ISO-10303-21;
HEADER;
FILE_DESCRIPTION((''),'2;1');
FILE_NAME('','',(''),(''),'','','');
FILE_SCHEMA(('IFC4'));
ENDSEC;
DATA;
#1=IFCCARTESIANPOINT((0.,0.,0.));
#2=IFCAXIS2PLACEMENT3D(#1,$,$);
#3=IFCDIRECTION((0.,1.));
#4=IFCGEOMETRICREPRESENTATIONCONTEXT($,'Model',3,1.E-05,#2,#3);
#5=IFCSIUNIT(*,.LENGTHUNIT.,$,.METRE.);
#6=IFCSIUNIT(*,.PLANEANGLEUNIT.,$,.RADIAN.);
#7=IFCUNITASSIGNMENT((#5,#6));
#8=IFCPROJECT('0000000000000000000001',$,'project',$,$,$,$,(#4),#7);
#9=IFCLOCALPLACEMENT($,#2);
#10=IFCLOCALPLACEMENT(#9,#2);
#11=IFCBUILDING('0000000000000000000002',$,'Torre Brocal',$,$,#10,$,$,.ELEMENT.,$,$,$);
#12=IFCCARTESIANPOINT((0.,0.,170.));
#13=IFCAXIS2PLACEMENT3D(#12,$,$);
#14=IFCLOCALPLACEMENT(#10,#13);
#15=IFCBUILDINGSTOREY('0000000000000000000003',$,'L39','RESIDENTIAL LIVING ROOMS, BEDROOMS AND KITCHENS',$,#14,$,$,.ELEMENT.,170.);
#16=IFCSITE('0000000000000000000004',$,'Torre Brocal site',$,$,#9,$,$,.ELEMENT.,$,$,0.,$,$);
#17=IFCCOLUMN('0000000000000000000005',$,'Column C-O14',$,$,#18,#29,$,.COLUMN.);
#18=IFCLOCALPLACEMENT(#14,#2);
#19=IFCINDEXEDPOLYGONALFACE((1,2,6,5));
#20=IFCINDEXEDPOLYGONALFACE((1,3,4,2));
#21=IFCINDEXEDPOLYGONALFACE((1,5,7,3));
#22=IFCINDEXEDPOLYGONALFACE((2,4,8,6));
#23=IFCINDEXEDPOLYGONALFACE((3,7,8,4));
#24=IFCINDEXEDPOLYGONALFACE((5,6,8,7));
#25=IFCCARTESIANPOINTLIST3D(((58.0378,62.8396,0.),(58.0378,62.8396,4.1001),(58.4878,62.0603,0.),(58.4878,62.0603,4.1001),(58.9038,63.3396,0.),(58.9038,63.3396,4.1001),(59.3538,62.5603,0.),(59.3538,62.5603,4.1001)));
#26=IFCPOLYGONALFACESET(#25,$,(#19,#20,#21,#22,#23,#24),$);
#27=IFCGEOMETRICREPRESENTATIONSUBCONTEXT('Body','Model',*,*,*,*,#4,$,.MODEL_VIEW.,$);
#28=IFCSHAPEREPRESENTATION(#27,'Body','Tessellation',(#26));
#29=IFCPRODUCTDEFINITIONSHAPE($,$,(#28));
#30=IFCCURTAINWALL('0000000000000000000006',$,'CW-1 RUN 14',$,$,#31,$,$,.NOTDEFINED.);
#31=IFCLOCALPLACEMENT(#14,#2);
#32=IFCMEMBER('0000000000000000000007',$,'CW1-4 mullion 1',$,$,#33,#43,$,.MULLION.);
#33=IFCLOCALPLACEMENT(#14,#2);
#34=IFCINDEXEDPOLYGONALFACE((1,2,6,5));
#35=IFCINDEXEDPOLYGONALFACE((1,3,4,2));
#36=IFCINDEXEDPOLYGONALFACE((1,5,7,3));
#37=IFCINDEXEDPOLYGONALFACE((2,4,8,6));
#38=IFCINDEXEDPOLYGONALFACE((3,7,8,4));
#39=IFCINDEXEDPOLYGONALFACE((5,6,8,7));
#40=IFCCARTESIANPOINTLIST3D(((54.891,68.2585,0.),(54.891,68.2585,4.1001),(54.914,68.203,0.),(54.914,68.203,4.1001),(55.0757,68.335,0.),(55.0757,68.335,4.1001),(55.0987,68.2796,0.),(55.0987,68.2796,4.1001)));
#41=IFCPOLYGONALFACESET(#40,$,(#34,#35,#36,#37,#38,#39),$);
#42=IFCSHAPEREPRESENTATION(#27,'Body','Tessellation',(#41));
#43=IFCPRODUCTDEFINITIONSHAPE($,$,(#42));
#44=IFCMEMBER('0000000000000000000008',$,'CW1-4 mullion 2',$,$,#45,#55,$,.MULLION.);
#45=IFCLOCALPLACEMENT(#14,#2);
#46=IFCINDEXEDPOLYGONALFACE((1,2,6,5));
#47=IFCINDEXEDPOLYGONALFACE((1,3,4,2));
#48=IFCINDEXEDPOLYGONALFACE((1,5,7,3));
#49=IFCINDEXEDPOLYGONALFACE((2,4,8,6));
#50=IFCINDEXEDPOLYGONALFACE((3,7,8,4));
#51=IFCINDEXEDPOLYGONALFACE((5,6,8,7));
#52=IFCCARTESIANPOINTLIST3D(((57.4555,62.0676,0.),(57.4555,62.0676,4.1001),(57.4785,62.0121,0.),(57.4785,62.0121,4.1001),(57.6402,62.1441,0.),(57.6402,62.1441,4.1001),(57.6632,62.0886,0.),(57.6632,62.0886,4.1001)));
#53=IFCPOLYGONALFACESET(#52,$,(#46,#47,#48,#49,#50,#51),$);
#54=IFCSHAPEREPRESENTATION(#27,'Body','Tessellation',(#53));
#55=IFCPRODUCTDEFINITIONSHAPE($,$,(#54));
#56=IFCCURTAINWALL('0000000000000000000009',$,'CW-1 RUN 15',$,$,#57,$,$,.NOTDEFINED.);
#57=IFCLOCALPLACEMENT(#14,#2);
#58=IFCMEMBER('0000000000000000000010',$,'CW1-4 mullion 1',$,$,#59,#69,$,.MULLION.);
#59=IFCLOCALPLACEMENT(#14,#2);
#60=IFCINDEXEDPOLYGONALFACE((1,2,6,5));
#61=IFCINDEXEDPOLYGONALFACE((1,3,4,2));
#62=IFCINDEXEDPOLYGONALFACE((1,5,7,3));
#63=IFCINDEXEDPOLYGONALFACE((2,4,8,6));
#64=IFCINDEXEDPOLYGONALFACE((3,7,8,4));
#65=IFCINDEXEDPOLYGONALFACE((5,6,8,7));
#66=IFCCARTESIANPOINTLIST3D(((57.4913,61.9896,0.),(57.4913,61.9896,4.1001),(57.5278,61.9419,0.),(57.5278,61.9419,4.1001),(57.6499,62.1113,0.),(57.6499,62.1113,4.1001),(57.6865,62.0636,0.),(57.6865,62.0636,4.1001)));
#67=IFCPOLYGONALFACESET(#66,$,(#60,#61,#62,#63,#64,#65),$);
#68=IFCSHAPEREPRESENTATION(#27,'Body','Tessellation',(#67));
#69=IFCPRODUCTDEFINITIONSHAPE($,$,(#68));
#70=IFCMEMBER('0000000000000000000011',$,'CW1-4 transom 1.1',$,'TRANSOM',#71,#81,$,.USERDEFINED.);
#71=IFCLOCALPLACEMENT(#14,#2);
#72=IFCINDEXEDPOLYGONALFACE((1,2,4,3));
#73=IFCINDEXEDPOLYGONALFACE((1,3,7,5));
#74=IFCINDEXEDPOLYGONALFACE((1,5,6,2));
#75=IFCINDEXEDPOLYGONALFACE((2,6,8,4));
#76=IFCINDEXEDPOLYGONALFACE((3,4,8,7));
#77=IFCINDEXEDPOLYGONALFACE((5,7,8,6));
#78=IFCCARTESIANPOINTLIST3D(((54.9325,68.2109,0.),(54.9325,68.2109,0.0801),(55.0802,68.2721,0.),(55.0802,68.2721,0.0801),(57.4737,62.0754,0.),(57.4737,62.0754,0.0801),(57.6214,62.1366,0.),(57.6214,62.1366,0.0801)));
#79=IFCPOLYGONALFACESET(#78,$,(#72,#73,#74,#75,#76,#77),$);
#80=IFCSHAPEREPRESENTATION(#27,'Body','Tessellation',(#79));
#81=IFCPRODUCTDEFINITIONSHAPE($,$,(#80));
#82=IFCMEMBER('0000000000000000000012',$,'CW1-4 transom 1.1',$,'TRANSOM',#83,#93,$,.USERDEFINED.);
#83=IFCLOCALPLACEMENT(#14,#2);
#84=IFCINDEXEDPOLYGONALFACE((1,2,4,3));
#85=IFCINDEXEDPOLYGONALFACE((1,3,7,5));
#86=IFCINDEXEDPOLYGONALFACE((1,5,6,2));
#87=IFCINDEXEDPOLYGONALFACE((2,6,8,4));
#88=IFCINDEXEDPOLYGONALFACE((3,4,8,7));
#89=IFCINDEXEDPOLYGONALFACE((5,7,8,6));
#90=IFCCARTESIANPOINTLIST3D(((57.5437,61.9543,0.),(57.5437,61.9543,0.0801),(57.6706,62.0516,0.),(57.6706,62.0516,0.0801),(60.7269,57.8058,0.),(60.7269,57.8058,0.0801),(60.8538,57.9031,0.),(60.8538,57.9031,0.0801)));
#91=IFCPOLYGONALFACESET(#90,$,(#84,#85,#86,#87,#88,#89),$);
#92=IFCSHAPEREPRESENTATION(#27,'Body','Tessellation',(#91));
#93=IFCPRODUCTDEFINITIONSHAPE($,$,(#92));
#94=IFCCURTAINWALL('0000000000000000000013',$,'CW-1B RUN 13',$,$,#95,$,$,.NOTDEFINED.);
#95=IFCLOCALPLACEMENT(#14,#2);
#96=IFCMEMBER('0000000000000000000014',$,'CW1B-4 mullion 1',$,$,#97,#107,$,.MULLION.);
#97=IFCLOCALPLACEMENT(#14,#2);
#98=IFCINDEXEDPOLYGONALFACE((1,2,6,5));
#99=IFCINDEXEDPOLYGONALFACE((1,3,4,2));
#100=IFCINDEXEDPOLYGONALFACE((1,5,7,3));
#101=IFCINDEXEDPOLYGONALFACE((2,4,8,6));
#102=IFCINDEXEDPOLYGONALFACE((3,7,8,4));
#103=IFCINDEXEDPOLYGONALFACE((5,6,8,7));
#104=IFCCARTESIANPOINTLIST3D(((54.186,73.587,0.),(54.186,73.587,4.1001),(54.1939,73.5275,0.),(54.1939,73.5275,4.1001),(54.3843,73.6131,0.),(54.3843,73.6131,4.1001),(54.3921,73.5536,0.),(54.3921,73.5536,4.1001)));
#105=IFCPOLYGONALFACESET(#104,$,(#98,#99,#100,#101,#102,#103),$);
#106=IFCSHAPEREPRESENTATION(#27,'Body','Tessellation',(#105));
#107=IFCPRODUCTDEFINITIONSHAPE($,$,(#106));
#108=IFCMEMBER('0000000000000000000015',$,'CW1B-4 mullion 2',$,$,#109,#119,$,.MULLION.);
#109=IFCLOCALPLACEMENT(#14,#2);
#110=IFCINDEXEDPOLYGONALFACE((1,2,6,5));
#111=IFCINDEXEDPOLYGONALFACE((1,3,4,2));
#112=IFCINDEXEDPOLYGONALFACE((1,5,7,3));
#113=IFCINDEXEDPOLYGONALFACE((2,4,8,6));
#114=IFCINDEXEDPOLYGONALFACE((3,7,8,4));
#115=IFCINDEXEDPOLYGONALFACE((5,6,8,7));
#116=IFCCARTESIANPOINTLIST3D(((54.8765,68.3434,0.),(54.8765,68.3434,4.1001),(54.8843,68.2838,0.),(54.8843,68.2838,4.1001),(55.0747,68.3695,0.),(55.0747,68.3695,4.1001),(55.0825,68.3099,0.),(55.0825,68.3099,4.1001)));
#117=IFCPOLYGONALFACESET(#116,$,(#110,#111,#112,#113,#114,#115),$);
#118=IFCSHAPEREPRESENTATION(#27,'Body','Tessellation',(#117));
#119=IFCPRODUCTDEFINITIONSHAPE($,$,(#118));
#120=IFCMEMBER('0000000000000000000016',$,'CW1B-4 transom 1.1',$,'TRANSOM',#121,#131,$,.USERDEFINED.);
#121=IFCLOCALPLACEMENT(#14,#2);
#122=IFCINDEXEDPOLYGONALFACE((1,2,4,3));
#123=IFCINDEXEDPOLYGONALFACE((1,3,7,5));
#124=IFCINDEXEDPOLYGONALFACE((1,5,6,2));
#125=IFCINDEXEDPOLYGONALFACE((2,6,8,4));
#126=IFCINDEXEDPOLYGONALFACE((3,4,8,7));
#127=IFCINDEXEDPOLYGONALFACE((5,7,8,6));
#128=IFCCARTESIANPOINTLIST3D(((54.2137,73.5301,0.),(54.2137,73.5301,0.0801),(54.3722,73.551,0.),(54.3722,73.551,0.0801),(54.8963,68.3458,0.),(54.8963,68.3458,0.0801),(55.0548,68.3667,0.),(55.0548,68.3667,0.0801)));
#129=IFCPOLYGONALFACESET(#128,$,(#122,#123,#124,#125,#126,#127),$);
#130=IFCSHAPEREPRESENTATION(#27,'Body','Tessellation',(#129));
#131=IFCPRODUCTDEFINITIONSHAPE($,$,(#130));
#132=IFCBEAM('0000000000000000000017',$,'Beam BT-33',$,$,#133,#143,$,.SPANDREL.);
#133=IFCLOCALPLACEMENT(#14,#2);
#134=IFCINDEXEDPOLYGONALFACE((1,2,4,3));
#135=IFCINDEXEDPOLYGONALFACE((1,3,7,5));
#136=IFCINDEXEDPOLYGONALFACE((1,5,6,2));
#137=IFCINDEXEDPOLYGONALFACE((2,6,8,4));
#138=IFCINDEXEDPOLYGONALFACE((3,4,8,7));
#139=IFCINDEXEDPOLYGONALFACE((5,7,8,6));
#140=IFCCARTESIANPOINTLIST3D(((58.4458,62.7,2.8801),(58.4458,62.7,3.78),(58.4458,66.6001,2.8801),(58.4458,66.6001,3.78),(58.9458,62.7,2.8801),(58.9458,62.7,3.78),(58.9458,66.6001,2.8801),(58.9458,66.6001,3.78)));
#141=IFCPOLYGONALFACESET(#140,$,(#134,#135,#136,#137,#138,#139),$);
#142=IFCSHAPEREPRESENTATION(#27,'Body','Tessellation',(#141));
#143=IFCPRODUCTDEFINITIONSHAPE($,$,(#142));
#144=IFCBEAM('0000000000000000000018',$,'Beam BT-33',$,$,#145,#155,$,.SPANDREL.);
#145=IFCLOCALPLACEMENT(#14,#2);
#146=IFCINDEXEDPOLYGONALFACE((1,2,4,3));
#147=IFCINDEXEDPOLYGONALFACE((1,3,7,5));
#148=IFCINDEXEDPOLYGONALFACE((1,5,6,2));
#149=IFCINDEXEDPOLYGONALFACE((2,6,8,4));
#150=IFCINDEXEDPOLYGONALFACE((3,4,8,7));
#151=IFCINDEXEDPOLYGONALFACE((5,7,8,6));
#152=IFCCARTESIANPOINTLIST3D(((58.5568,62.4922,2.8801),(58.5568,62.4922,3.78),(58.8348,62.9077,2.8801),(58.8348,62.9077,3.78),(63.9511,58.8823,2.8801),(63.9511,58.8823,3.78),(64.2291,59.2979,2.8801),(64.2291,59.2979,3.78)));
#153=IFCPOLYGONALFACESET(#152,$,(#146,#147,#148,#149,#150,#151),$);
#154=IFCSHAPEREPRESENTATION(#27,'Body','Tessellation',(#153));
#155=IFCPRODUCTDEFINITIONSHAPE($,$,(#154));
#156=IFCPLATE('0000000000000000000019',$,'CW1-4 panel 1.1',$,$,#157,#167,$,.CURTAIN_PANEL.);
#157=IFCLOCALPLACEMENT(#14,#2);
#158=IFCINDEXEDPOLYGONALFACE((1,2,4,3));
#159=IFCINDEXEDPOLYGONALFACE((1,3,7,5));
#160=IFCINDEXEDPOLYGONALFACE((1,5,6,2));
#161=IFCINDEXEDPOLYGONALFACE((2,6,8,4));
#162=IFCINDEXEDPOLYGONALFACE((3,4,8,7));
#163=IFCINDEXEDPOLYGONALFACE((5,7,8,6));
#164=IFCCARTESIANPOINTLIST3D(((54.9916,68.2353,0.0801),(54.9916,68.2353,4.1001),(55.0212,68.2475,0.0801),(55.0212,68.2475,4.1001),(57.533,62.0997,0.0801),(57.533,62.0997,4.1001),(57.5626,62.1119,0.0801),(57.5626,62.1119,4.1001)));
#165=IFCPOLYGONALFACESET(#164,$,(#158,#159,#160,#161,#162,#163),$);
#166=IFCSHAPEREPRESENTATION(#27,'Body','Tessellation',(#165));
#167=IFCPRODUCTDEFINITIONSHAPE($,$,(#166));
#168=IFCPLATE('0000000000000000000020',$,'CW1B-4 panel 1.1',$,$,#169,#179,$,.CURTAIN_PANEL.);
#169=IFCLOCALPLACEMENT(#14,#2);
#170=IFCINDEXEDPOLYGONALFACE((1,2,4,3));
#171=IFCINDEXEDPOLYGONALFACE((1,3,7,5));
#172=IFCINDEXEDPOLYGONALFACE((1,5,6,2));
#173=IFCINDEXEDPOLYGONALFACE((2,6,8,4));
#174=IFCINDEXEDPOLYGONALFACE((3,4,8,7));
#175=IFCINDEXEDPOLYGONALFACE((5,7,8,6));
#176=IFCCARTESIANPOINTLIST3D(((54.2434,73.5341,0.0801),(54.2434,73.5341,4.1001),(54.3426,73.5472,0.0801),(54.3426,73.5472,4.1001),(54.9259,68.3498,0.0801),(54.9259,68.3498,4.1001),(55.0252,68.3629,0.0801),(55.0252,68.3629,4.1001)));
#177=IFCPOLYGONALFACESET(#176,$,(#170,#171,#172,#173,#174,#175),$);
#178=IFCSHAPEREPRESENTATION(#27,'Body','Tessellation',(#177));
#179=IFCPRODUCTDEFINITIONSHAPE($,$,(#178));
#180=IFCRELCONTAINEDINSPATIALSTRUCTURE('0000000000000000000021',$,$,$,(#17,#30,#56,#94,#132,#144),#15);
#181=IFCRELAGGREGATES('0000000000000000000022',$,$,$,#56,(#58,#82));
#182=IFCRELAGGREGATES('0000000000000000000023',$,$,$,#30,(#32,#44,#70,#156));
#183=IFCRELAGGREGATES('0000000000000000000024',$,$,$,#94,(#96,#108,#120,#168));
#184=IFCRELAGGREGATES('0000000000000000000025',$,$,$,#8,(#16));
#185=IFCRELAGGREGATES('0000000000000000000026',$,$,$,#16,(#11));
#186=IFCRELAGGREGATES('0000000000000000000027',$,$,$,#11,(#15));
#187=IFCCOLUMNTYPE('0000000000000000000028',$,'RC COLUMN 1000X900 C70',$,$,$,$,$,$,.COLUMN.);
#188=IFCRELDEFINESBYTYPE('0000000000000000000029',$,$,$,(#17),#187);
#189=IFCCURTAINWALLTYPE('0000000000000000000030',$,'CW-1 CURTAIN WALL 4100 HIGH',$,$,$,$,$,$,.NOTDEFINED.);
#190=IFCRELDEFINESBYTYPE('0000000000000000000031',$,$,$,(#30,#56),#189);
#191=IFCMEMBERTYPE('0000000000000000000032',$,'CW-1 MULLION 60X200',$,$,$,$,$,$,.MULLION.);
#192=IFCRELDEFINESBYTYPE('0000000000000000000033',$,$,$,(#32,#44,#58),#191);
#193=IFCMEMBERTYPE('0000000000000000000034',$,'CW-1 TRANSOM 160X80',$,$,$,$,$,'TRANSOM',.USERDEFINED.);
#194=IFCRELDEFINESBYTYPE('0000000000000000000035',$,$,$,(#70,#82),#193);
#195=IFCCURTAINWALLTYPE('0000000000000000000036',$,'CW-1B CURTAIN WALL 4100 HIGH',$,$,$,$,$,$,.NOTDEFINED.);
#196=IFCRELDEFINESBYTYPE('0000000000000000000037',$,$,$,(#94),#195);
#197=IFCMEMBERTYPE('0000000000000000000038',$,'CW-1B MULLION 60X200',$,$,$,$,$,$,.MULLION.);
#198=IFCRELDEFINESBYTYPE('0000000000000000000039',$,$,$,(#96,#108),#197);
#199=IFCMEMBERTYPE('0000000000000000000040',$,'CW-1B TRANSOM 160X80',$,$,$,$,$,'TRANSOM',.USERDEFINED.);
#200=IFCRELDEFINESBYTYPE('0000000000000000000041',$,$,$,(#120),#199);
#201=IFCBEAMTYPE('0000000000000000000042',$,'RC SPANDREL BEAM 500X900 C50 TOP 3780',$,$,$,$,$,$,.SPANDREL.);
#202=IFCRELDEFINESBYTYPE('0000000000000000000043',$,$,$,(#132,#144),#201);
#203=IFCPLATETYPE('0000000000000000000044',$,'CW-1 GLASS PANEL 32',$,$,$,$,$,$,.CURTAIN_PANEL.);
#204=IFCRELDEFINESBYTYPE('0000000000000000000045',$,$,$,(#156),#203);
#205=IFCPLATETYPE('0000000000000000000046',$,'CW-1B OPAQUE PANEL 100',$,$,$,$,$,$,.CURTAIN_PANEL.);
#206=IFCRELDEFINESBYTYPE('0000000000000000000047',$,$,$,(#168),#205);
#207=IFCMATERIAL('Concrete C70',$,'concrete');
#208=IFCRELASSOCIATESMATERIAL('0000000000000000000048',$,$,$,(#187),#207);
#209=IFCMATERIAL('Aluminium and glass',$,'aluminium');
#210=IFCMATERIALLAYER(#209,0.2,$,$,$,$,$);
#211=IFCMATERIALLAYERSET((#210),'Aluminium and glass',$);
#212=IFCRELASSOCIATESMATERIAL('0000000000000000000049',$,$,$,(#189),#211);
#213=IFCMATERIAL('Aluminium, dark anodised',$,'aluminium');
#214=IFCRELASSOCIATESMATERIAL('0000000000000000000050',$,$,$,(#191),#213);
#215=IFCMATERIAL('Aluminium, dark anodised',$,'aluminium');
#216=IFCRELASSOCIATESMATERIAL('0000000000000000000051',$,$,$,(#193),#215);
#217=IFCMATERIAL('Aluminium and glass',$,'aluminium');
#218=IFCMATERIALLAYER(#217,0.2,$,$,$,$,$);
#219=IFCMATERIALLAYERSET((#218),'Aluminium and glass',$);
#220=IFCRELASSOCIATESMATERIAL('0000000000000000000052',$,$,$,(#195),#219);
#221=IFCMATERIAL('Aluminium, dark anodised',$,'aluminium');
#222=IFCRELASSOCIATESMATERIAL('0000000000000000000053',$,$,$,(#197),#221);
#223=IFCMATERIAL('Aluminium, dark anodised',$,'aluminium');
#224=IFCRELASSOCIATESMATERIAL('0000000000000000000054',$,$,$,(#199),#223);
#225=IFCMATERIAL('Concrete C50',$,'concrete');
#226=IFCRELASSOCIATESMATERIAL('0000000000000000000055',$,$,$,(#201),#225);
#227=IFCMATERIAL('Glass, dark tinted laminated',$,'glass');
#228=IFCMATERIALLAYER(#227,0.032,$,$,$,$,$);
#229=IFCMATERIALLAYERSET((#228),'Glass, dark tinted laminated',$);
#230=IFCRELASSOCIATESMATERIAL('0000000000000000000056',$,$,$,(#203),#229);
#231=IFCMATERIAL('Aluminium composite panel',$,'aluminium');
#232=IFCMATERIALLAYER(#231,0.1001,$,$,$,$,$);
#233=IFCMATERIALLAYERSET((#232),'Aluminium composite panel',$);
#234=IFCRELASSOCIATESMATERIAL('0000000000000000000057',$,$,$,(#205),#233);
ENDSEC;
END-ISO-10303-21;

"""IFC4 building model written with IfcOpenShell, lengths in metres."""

from ifc_helpers import new_model, si_unit, direction, frame, origin, origin_2d, place, context, subcontext, project, spatial, rectangle, extrude, material, layer, layer_set, material_profile, profile_set, type_object, element, aggregate, save


model = new_model("IFC4")

# Units and contexts
model_context = context("Model", 3, precision=1e-05, world=origin(), true_north=direction((0.0, 1.0)))
body_context = subcontext(model_context, "Body", "Model", "MODEL_VIEW")
ifc_project = project(units=[si_unit("LENGTHUNIT", "METRE"), si_unit("PLANEANGLEUNIT", "RADIAN")], contexts=[model_context])

# Site, building, storey
site_placement = place(None, origin())
site = spatial("IfcSite", under=ifc_project, at=site_placement, Name="Torre Brocal site", CompositionType="ELEMENT", RefElevation=0.0)
building_placement = place(site_placement, origin())
building = spatial("IfcBuilding", under=site, at=building_placement, Name="Torre Brocal", CompositionType="ELEMENT")
storey_placement = place(building_placement, frame((0.0, 0.0, 170.0)))
storey = spatial("IfcBuildingStorey", under=building, at=storey_placement, Name="L39", Description="RESIDENTIAL LIVING ROOMS, BEDROOMS AND KITCHENS", CompositionType="ELEMENT", Elevation=170.0)

# Column
ifc_material_1 = material(Name="Concrete C70", Category="concrete")
ifc_material_profile_1 = material_profile(ifc_material_1, rectangle(XDim=1.0, YDim=0.8999, at=origin_2d()), Name="RC 1000X900")
ifc_profile_set_1 = profile_set([ifc_material_profile_1], Name="Concrete C70")
column_type = type_object("IfcColumnType", Name="RC COLUMN 1000X900 C70", PredefinedType="COLUMN", material=ifc_profile_set_1)
column_placement = place(storey_placement, frame((58.6958, 62.7, 0.0), z_axis=(0.0, 0.0, 1.0), x_axis=(-0.866025, -0.5, 0.0)))
element("IfcColumn", 1, at=column_placement, inside=storey, type_object=column_type, Name="Column C-O14", PredefinedType="COLUMN", context=body_context, shape_type="SweptSolid", body=[
    extrude(rectangle(XDim=1.0, YDim=0.8999, at=origin_2d()), origin(), (0.0, 0.0, 1.0), 4.1001),
])

# Curtain wall, members
ifc_material_2 = material(Name="Aluminium and glass", Category="aluminium")
ifc_layer_1 = layer(ifc_material_2, 0.2)
ifc_layer_set_1 = layer_set([ifc_layer_1], Name="Aluminium and glass")
curtain_wall_type_1 = type_object("IfcCurtainWallType", Name="CW-1 CURTAIN WALL 4100 HIGH", PredefinedType="NOTDEFINED", material=ifc_layer_set_1)
curtain_wall_1_placement = place(storey_placement, origin())
curtain_wall_1 = element("IfcCurtainWall", 2, at=curtain_wall_1_placement, inside=storey, type_object=curtain_wall_type_1, Name="CW-1 RUN 14", PredefinedType="NOTDEFINED")
ifc_material_3 = material(Name="Aluminium, dark anodised", Category="aluminium")
ifc_material_profile_2 = material_profile(ifc_material_3, rectangle(XDim=0.2, YDim=0.0601, at=origin_2d()), Name="CW-1 MULLION 60X200")
ifc_profile_set_2 = profile_set([ifc_material_profile_2], Name="Aluminium, dark anodised")
member_type_1 = type_object("IfcMemberType", Name="CW-1 MULLION 60X200", PredefinedType="MULLION", material=ifc_profile_set_2)
member_1_placement = place(storey_placement, frame((54.9949, 68.269, 0.0), z_axis=(0.0, 0.0, 1.0), x_axis=(0.92388, 0.382683, 0.0)))
member_1 = element("IfcMember", 3, at=member_1_placement, type_object=member_type_1, Name="CW1-4 mullion 1", PredefinedType="MULLION", context=body_context, shape_type="SweptSolid", body=[
    extrude(rectangle(XDim=0.2, YDim=0.0601, at=origin_2d()), origin(), (0.0, 0.0, 1.0), 4.1001),
])
member_2_placement = place(storey_placement, frame((57.5593, 62.0781, 0.0), z_axis=(0.0, 0.0, 1.0), x_axis=(0.92388, 0.382683, 0.0)))
member_2 = element("IfcMember", 4, at=member_2_placement, type_object=member_type_1, Name="CW1-4 mullion 2", PredefinedType="MULLION", context=body_context, shape_type="SweptSolid", body=[
    extrude(rectangle(XDim=0.2, YDim=0.0601, at=origin_2d()), origin(), (0.0, 0.0, 1.0), 4.1001),
])

# Curtain wall, member
curtain_wall_2_placement = place(storey_placement, origin())
curtain_wall_2 = element("IfcCurtainWall", 5, at=curtain_wall_2_placement, inside=storey, type_object=curtain_wall_type_1, Name="CW-1 RUN 15", PredefinedType="NOTDEFINED")
member_3_placement = place(storey_placement, frame((57.5889, 62.0266, 0.0), z_axis=(0.0, 0.0, 1.0), x_axis=(0.793353, 0.608761, 0.0)))
member_3 = element("IfcMember", 6, at=member_3_placement, type_object=member_type_1, Name="CW1-4 mullion 1", PredefinedType="MULLION", context=body_context, shape_type="SweptSolid", body=[
    extrude(rectangle(XDim=0.2, YDim=0.0601, at=origin_2d()), origin(), (0.0, 0.0, 1.0), 4.1001),
])

# Members
ifc_material_4 = material(Name="Aluminium, dark anodised", Category="aluminium")
ifc_material_profile_3 = material_profile(ifc_material_4, rectangle(XDim=0.1599, YDim=0.0801, at=origin_2d()), Name="CW-1 TRANSOM 160X80")
ifc_profile_set_3 = profile_set([ifc_material_profile_3], Name="Aluminium, dark anodised")
member_type_2 = type_object("IfcMemberType", Name="CW-1 TRANSOM 160X80", ElementType="TRANSOM", PredefinedType="USERDEFINED", material=ifc_profile_set_3)
member_4_placement = place(storey_placement, frame((55.0063, 68.2415, 0.04), z_axis=(0.382665, -0.923887, 0.0), x_axis=(0.923887, 0.382665, 0.0)))
member_4 = element("IfcMember", 7, at=member_4_placement, type_object=member_type_2, Name="CW1-4 transom 1.1", ObjectType="TRANSOM", PredefinedType="USERDEFINED", context=body_context, shape_type="SweptSolid", body=[
    extrude(rectangle(XDim=0.1599, YDim=0.0801, at=origin_2d()), origin(), (0.0, 0.0, 1.0), 6.6409),
])
member_5_placement = place(storey_placement, frame((57.6072, 62.0029, 0.04), z_axis=(0.608749, -0.793363, 0.0), x_axis=(0.793363, 0.608749, 0.0)))
member_5 = element("IfcMember", 8, at=member_5_placement, type_object=member_type_2, Name="CW1-4 transom 1.1", ObjectType="TRANSOM", PredefinedType="USERDEFINED", context=body_context, shape_type="SweptSolid", body=[
    extrude(rectangle(XDim=0.1599, YDim=0.0801, at=origin_2d()), origin(), (0.0, 0.0, 1.0), 5.229),
])
aggregate(curtain_wall_2, [member_3, member_5])

# Curtain wall, members
ifc_material_5 = material(Name="Aluminium and glass", Category="aluminium")
ifc_layer_2 = layer(ifc_material_5, 0.2)
ifc_layer_set_2 = layer_set([ifc_layer_2], Name="Aluminium and glass")
curtain_wall_type_2 = type_object("IfcCurtainWallType", Name="CW-1B CURTAIN WALL 4100 HIGH", PredefinedType="NOTDEFINED", material=ifc_layer_set_2)
curtain_wall_3_placement = place(storey_placement, origin())
curtain_wall_3 = element("IfcCurtainWall", 9, at=curtain_wall_3_placement, inside=storey, type_object=curtain_wall_type_2, Name="CW-1B RUN 13", PredefinedType="NOTDEFINED")
ifc_material_6 = material(Name="Aluminium, dark anodised", Category="aluminium")
ifc_material_profile_4 = material_profile(ifc_material_6, rectangle(XDim=0.2, YDim=0.0601, at=origin_2d()), Name="CW-1B MULLION 60X200")
ifc_profile_set_4 = profile_set([ifc_material_profile_4], Name="Aluminium, dark anodised")
member_type_3 = type_object("IfcMemberType", Name="CW-1B MULLION 60X200", PredefinedType="MULLION", material=ifc_profile_set_4)
member_6_placement = place(storey_placement, frame((54.2891, 73.5703, 0.0), z_axis=(0.0, 0.0, 1.0), x_axis=(0.991445, 0.130526, 0.0)))
member_6 = element("IfcMember", 10, at=member_6_placement, type_object=member_type_3, Name="CW1B-4 mullion 1", PredefinedType="MULLION", context=body_context, shape_type="SweptSolid", body=[
    extrude(rectangle(XDim=0.2, YDim=0.0601, at=origin_2d()), origin(), (0.0, 0.0, 1.0), 4.1001),
])
member_7_placement = place(storey_placement, frame((54.9795, 68.3267, 0.0), z_axis=(0.0, 0.0, 1.0), x_axis=(0.991445, 0.130526, 0.0)))
member_7 = element("IfcMember", 11, at=member_7_placement, type_object=member_type_3, Name="CW1B-4 mullion 2", PredefinedType="MULLION", context=body_context, shape_type="SweptSolid", body=[
    extrude(rectangle(XDim=0.2, YDim=0.0601, at=origin_2d()), origin(), (0.0, 0.0, 1.0), 4.1001),
])
ifc_material_7 = material(Name="Aluminium, dark anodised", Category="aluminium")
ifc_material_profile_5 = material_profile(ifc_material_7, rectangle(XDim=0.1599, YDim=0.0801, at=origin_2d()), Name="CW-1B TRANSOM 160X80")
ifc_profile_set_5 = profile_set([ifc_material_profile_5], Name="Aluminium, dark anodised")
member_type_4 = type_object("IfcMemberType", Name="CW-1B TRANSOM 160X80", ElementType="TRANSOM", PredefinedType="USERDEFINED", material=ifc_profile_set_5)
member_8_placement = place(storey_placement, frame((54.293, 73.5405, 0.04), z_axis=(0.130543, -0.991443, 0.0), x_axis=(0.991443, 0.130543, 0.0)))
member_8 = element("IfcMember", 12, at=member_8_placement, type_object=member_type_4, Name="CW1B-4 transom 1.1", ObjectType="TRANSOM", PredefinedType="USERDEFINED", context=body_context, shape_type="SweptSolid", body=[
    extrude(rectangle(XDim=0.1599, YDim=0.0801, at=origin_2d()), origin(), (0.0, 0.0, 1.0), 5.229),
])

# Beams
ifc_material_8 = material(Name="Concrete C50", Category="concrete")
ifc_material_profile_6 = material_profile(ifc_material_8, rectangle(XDim=0.5, YDim=0.8999, at=origin_2d()), Name="RC 500X900")
ifc_profile_set_6 = profile_set([ifc_material_profile_6], Name="Concrete C50")
beam_type = type_object("IfcBeamType", Name="RC SPANDREL BEAM 500X900 C50 TOP 3780", PredefinedType="SPANDREL", material=ifc_profile_set_6)
beam_1_placement = place(storey_placement, frame((58.6958, 62.7, 3.3301), z_axis=(0.0, 1.0, 0.0), x_axis=(-1.0, 0.0, 0.0)))
element("IfcBeam", 13, at=beam_1_placement, inside=storey, type_object=beam_type, Name="Beam BT-33", PredefinedType="SPANDREL", context=body_context, shape_type="SweptSolid", body=[
    extrude(rectangle(XDim=0.5, YDim=0.8999, at=origin_2d()), origin(), (0.0, 0.0, 1.0), 3.9001),
])
beam_2_placement = place(storey_placement, frame((58.6958, 62.7, 3.3301), z_axis=(0.831077, -0.556158, 0.0), x_axis=(0.556158, 0.831077, 0.0)))
element("IfcBeam", 14, at=beam_2_placement, inside=storey, type_object=beam_type, Name="Beam BT-33", PredefinedType="SPANDREL", context=body_context, shape_type="SweptSolid", body=[
    extrude(rectangle(XDim=0.5, YDim=0.8999, at=origin_2d()), origin(), (0.0, 0.0, 1.0), 6.4907),
])

# Plates
ifc_material_9 = material(Name="Glass, dark tinted laminated", Category="glass")
ifc_layer_3 = layer(ifc_material_9, 0.032)
ifc_layer_set_3 = layer_set([ifc_layer_3], Name="Glass, dark tinted laminated")
plate_type_1 = type_object("IfcPlateType", Name="CW-1 GLASS PANEL 32", PredefinedType="CURTAIN_PANEL", material=ifc_layer_set_3)
plate_1_placement = place(storey_placement, frame((56.2771, 65.1736, 0.0801), z_axis=(0.0, 0.0, 1.0), x_axis=(0.382683, -0.92388, 0.0)))
plate_1 = element("IfcPlate", 15, at=plate_1_placement, type_object=plate_type_1, Name="CW1-4 panel 1.1", PredefinedType="CURTAIN_PANEL", context=body_context, shape_type="SweptSolid", body=[
    extrude(rectangle(XDim=6.6411, YDim=0.032, at=origin_2d()), origin(), (0.0, 0.0, 1.0), 4.02),
])
aggregate(curtain_wall_1, [member_1, member_2, member_4, plate_1])
ifc_material_10 = material(Name="Aluminium composite panel", Category="aluminium")
ifc_layer_4 = layer(ifc_material_10, 0.1001)
ifc_layer_set_4 = layer_set([ifc_layer_4], Name="Aluminium composite panel")
plate_type_2 = type_object("IfcPlateType", Name="CW-1B OPAQUE PANEL 100", PredefinedType="CURTAIN_PANEL", material=ifc_layer_set_4)
plate_2_placement = place(storey_placement, frame((54.6343, 70.9485, 0.0801), z_axis=(0.0, 0.0, 1.0), x_axis=(0.130526, -0.991445, 0.0)))
plate_2 = element("IfcPlate", 16, at=plate_2_placement, type_object=plate_type_2, Name="CW1B-4 panel 1.1", PredefinedType="CURTAIN_PANEL", context=body_context, shape_type="SweptSolid", body=[
    extrude(rectangle(XDim=5.229, YDim=0.1001, at=origin_2d()), origin(), (0.0, 0.0, 1.0), 4.02),
])
aggregate(curtain_wall_3, [member_6, member_7, member_8, plate_2])

save(model, "model.ifc")
